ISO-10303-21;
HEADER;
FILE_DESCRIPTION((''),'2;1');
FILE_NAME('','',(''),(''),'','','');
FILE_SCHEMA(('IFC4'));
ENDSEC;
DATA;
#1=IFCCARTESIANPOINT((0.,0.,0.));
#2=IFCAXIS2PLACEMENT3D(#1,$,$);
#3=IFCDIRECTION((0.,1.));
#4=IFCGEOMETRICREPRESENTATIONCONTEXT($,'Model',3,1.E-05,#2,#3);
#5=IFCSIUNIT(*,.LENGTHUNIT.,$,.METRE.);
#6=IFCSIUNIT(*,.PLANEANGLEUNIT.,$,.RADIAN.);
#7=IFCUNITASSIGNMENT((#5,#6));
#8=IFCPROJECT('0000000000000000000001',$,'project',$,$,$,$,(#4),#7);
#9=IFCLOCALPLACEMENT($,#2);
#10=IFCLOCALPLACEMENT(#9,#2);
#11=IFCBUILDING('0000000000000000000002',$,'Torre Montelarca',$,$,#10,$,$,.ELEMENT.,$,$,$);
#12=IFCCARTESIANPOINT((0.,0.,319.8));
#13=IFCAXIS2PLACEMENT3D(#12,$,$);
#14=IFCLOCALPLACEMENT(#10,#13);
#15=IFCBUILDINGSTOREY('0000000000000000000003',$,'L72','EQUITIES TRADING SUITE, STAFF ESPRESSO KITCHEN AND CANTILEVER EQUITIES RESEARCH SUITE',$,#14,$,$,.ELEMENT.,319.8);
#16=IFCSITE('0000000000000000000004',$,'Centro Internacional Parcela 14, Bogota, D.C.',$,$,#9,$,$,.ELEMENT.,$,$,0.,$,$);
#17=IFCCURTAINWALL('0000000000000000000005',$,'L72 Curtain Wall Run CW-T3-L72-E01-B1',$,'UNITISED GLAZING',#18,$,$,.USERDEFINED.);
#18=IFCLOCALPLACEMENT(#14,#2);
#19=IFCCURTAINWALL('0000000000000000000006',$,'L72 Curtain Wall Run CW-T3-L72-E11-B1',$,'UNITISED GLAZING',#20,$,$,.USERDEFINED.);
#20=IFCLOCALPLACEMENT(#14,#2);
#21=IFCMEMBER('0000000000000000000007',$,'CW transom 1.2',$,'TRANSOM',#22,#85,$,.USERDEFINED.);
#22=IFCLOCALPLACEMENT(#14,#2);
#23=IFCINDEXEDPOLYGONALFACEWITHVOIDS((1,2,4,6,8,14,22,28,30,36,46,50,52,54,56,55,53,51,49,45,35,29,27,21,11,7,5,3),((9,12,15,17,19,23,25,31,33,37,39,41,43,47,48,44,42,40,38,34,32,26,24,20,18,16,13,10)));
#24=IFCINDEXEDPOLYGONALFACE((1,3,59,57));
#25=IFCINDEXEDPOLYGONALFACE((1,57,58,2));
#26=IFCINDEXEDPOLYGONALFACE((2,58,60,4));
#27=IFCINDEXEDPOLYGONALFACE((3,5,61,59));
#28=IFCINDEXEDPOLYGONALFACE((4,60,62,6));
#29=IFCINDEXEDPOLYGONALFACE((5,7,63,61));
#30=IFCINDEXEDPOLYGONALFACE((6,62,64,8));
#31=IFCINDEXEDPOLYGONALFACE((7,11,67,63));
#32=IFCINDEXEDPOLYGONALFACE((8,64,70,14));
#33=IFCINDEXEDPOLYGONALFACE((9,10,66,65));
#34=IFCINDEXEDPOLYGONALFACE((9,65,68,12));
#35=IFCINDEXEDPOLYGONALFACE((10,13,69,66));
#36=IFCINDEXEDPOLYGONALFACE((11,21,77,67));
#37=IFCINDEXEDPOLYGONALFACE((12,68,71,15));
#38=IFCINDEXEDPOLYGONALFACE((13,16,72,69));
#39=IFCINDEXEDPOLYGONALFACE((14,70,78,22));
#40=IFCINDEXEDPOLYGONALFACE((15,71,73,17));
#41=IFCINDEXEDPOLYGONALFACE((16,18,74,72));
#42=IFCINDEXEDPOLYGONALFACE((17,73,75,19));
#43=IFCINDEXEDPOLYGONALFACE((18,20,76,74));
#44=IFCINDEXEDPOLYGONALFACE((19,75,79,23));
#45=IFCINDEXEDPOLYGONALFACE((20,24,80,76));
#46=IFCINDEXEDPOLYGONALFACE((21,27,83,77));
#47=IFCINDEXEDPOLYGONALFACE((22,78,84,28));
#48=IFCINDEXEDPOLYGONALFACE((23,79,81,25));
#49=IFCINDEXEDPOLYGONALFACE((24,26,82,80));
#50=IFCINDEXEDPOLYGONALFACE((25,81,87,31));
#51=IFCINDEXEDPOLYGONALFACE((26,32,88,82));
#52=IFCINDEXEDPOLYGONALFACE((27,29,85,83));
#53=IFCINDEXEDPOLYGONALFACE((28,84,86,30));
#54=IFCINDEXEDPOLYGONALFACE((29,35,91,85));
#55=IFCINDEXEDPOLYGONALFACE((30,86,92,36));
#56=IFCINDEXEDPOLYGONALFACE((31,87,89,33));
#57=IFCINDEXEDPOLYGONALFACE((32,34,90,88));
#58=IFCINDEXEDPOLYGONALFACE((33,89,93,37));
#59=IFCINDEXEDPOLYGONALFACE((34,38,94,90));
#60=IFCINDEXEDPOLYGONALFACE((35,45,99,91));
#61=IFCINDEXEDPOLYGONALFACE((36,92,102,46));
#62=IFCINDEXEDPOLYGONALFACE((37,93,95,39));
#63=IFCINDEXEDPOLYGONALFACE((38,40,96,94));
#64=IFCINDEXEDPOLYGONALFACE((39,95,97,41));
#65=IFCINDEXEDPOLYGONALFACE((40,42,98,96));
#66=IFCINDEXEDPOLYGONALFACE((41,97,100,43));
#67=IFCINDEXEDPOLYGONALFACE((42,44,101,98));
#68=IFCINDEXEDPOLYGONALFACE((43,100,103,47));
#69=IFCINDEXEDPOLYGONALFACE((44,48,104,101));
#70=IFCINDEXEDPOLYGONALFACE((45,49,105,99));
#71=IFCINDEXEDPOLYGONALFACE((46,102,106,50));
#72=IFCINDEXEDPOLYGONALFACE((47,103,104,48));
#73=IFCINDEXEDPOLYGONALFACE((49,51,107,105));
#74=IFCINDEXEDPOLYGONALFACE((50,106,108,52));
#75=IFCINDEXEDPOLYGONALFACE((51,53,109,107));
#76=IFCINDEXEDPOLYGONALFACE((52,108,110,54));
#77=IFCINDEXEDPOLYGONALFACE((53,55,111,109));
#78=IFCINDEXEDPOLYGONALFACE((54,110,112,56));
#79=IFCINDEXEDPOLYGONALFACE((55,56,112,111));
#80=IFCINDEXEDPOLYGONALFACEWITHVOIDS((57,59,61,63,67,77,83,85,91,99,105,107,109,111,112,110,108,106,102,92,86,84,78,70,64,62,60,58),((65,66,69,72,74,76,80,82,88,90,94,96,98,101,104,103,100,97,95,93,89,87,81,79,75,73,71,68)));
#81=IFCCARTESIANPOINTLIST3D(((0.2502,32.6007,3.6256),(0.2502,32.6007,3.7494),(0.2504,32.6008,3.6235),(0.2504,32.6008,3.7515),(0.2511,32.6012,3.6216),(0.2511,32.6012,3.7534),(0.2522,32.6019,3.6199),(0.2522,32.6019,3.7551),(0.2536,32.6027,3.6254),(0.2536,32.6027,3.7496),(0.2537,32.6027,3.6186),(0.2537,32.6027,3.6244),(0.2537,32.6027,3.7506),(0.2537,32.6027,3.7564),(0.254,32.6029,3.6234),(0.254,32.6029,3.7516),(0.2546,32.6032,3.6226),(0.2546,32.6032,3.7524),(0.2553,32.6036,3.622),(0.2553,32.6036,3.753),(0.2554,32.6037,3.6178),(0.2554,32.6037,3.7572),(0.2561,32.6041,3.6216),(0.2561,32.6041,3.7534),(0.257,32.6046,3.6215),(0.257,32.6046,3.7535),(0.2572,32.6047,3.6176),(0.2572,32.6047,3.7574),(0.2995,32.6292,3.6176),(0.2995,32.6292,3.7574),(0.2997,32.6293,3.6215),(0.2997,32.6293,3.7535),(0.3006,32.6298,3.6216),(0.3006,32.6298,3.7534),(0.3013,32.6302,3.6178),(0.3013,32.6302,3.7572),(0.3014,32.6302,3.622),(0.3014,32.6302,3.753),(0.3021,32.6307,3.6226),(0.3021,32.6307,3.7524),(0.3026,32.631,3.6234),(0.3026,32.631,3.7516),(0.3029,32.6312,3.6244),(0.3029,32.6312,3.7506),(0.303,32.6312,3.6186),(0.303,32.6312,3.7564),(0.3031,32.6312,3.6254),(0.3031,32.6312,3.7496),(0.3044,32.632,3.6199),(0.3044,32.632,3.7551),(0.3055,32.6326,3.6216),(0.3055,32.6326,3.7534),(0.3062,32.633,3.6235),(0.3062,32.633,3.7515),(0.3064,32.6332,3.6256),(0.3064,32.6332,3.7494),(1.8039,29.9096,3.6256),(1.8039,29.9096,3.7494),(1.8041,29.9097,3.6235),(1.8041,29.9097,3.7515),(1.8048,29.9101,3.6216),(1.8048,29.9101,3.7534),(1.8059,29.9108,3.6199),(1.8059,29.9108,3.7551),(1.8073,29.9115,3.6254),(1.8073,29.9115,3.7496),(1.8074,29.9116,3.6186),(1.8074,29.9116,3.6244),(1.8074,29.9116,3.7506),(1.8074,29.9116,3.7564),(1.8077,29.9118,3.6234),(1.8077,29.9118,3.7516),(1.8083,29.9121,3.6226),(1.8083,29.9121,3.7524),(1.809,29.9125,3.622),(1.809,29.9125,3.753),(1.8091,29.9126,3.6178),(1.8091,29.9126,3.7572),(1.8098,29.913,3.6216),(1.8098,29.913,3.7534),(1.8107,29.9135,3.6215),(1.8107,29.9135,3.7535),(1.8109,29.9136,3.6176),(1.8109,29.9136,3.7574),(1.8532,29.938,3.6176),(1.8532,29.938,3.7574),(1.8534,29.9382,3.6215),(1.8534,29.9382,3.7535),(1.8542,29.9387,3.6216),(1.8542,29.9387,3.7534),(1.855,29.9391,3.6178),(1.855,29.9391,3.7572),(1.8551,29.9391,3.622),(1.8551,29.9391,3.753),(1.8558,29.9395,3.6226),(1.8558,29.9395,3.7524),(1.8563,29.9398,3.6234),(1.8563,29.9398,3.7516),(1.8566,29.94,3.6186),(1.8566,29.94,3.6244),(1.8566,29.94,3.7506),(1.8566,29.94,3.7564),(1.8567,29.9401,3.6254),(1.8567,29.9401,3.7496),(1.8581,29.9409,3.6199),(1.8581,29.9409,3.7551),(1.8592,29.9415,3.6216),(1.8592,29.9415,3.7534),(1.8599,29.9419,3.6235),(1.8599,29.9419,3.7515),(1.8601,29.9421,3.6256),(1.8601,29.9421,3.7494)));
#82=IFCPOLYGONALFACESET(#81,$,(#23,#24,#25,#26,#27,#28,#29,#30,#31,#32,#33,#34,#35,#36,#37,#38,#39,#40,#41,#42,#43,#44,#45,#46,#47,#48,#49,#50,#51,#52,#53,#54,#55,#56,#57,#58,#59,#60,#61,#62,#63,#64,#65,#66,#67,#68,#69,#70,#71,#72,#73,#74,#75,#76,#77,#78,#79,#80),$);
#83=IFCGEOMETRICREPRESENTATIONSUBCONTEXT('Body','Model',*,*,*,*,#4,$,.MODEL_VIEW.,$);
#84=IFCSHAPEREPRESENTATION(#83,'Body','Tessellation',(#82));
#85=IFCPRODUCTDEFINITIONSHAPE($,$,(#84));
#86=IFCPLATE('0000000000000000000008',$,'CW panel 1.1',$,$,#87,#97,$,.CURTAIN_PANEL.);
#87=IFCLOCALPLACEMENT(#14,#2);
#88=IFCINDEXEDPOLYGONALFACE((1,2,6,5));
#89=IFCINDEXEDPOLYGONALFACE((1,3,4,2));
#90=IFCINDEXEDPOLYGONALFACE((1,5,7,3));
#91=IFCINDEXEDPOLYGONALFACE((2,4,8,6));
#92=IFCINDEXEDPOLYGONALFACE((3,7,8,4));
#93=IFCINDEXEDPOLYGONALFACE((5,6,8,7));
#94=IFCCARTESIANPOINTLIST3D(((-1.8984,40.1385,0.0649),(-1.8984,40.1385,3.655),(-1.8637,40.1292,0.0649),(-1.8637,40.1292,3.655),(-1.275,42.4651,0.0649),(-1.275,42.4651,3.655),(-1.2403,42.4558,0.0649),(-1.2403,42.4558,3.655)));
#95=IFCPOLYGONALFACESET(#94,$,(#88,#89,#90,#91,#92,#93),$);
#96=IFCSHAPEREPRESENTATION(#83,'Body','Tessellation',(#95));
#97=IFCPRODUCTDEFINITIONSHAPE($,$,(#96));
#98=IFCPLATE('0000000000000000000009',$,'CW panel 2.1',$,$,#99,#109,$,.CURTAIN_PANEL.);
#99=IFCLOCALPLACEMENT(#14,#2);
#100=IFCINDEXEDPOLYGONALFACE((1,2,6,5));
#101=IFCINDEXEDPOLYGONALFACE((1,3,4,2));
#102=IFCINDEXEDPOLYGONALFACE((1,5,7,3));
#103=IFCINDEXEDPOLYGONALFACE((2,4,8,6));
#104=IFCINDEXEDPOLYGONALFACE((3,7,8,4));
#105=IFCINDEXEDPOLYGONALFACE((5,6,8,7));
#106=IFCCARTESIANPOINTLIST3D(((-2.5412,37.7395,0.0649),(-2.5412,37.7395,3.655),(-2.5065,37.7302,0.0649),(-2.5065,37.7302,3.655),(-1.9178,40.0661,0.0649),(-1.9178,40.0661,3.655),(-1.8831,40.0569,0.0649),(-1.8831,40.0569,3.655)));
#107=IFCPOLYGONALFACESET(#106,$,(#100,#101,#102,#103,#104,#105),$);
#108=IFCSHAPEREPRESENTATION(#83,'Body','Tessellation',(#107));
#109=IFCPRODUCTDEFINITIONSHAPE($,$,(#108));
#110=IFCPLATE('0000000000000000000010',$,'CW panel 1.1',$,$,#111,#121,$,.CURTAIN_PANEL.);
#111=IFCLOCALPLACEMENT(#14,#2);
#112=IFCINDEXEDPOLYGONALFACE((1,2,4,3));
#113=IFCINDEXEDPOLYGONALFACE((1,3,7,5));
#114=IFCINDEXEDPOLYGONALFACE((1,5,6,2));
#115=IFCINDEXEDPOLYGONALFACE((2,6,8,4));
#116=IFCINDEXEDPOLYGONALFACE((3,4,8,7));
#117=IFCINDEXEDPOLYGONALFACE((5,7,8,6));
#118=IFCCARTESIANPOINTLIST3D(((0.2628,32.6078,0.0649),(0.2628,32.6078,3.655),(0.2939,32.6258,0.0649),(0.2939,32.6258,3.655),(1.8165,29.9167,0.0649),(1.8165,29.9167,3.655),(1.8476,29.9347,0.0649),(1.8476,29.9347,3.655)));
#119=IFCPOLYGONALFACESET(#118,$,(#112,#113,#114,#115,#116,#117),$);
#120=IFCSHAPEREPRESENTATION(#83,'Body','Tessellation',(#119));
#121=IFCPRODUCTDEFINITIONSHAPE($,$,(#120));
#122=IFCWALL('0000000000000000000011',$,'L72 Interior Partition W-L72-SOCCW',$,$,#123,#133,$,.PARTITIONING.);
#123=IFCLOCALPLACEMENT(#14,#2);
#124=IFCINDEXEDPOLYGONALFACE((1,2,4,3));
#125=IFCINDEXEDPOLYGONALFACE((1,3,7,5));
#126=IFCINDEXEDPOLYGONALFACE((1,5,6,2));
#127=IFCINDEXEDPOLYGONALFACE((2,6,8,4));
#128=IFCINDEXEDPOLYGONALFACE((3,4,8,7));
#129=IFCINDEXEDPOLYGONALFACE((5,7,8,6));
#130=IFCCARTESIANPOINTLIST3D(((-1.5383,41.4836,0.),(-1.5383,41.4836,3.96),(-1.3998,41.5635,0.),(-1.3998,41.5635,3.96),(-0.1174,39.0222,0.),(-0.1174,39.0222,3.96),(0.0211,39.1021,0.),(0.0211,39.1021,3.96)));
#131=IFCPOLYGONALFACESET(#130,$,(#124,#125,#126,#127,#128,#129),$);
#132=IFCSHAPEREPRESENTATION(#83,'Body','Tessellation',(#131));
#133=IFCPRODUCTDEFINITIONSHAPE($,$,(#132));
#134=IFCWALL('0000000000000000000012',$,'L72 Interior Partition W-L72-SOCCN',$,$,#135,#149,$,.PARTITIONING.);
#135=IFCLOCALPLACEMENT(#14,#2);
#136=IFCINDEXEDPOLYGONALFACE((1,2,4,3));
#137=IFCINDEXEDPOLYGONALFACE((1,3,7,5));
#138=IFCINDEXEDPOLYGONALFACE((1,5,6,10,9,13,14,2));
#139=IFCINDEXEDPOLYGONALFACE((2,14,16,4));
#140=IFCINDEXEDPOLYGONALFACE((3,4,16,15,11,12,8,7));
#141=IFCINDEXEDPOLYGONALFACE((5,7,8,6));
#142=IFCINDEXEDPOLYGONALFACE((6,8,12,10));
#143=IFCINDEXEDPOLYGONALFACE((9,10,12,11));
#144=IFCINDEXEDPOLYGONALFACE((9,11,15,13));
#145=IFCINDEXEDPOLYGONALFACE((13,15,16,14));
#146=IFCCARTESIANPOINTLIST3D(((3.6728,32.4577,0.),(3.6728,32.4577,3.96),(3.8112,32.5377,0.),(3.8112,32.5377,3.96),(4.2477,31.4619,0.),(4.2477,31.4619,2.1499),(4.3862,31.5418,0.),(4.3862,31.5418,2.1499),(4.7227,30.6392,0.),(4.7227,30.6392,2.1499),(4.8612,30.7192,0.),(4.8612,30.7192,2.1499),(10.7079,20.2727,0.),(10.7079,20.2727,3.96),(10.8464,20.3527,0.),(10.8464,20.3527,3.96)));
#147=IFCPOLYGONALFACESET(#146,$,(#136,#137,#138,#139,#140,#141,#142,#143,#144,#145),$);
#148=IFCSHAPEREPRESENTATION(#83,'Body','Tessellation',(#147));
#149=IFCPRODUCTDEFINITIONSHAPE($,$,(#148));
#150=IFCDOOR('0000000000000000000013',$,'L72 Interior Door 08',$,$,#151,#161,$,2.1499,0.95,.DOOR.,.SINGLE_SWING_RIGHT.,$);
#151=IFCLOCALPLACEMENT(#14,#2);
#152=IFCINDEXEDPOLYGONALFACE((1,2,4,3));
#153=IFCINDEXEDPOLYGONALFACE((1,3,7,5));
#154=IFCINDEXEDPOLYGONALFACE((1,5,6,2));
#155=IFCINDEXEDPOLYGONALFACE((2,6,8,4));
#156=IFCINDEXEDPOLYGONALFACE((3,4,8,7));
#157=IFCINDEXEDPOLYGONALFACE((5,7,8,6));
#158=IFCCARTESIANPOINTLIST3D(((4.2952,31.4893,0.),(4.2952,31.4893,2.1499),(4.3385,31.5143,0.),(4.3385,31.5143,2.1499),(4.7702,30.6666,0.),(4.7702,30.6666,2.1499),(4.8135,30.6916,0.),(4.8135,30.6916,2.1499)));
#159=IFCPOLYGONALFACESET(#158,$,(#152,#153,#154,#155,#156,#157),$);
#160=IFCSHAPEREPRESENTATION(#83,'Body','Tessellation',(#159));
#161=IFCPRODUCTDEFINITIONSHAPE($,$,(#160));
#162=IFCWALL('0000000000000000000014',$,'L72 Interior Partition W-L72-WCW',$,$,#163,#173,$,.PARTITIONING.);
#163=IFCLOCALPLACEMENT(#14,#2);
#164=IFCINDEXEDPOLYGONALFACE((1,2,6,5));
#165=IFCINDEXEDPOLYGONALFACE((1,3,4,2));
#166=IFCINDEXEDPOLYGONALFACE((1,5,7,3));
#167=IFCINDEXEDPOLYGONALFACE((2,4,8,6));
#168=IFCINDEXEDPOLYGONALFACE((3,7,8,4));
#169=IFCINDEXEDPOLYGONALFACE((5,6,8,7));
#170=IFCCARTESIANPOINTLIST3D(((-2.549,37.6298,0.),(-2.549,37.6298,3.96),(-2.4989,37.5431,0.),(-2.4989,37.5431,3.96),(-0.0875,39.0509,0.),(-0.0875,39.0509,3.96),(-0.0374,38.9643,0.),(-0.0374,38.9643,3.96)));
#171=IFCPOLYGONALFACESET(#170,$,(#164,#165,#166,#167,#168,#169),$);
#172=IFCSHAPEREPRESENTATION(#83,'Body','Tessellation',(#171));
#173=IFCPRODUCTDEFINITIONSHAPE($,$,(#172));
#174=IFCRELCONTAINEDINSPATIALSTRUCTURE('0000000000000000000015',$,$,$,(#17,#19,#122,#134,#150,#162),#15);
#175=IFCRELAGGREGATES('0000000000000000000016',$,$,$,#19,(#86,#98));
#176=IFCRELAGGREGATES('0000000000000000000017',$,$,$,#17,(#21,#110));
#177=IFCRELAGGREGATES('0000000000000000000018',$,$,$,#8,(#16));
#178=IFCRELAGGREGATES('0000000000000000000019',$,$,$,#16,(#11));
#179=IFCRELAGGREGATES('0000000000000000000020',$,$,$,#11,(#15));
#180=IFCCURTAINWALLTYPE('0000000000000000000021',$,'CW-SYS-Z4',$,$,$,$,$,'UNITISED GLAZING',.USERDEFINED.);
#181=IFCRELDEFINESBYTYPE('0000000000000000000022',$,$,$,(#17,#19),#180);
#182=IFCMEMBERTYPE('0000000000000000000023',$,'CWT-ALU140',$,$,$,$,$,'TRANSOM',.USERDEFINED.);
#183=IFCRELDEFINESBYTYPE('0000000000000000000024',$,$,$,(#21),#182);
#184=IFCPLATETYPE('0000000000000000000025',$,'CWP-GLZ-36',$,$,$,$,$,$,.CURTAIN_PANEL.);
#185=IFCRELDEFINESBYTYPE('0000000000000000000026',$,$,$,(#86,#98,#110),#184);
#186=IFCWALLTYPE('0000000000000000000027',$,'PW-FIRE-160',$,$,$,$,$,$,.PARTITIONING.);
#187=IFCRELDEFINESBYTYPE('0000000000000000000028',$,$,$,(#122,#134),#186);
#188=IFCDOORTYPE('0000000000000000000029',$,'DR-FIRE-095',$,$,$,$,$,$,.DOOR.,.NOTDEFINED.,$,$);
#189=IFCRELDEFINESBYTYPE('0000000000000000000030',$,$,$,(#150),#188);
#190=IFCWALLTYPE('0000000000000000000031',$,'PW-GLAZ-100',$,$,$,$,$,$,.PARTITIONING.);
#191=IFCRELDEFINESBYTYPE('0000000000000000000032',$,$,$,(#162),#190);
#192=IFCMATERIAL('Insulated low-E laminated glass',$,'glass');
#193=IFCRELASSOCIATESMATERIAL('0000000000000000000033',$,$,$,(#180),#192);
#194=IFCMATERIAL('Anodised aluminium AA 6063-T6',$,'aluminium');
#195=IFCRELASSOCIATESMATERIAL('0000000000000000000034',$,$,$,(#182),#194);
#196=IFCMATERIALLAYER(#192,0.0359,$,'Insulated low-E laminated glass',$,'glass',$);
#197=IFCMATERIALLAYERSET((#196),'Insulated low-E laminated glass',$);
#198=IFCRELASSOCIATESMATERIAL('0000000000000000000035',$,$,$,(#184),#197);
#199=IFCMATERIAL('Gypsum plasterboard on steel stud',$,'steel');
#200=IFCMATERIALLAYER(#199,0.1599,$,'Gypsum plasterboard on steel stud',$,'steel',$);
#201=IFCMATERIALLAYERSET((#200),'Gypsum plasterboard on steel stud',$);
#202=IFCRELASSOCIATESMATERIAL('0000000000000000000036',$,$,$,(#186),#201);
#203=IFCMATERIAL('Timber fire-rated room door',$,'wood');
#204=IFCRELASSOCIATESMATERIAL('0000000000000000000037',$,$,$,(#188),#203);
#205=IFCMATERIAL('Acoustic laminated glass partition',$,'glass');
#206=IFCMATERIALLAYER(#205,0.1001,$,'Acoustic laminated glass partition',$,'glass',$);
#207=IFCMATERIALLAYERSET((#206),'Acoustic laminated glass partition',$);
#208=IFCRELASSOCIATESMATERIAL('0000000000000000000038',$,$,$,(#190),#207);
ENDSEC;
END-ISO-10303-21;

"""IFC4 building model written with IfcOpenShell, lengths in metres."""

from ifc_helpers import new_model, si_unit, direction, frame, frame_2d, origin, origin_2d, place, context, subcontext, project, spatial, rectangle, hollow_rectangle, extrude, source, transform, mapped, material, layer, layer_set, material_profile, profile_set, type_object, element, fill, aggregate, save


model = new_model("IFC4")

# Units and contexts
model_context = context("Model", 3, precision=1e-05, world=origin(), true_north=direction((0.0, 1.0)))
body_context = subcontext(model_context, "Body", "Model", "MODEL_VIEW")
ifc_project = project(units=[si_unit("LENGTHUNIT", "METRE"), si_unit("PLANEANGLEUNIT", "RADIAN")], contexts=[model_context])

# Site, building, storey
site_placement = place(None, origin())
site = spatial("IfcSite", under=ifc_project, at=site_placement, Name="Centro Internacional Parcela 14, Bogota, D.C.", CompositionType="ELEMENT", RefElevation=0.0)
building_placement = place(site_placement, origin())
building = spatial("IfcBuilding", under=site, at=building_placement, Name="Torre Montelarca", CompositionType="ELEMENT")
storey_placement = place(building_placement, frame((0.0, 0.0, 319.8)))
storey = spatial("IfcBuildingStorey", under=building, at=storey_placement, Name="L72", Description="EQUITIES TRADING SUITE, STAFF ESPRESSO KITCHEN AND CANTILEVER EQUITIES RESEARCH SUITE", CompositionType="ELEMENT", Elevation=319.8)

# Curtain wall
ifc_material_1 = material(Name="Insulated low-E laminated glass", Category="glass")
curtain_wall_type = type_object("IfcCurtainWallType", Name="CW-SYS-Z4", ElementType="UNITISED GLAZING", PredefinedType="USERDEFINED", material=ifc_material_1)
curtain_wall_1_placement = place(storey_placement, origin())
curtain_wall_1 = element("IfcCurtainWall", 1, at=curtain_wall_1_placement, inside=storey, type_object=curtain_wall_type, Name="L72 Curtain Wall Run CW-T3-L72-E01-B1", ObjectType="UNITISED GLAZING", PredefinedType="USERDEFINED")
ifc_material_2 = material(Name="Anodised aluminium AA 6063-T6", Category="aluminium")

# Curtain wall
curtain_wall_2_placement = place(storey_placement, origin())
curtain_wall_2 = element("IfcCurtainWall", 2, at=curtain_wall_2_placement, inside=storey, type_object=curtain_wall_type, Name="L72 Curtain Wall Run CW-T3-L72-E11-B1", ObjectType="UNITISED GLAZING", PredefinedType="USERDEFINED")
ifc_material_profile_1 = material_profile(ifc_material_2, hollow_rectangle(XDim=0.0649, YDim=0.1399, WallThickness=0.0039, InnerFilletRadius=0.0039, OuterFilletRadius=0.0081, at=origin_2d()), Name="ALU65X140X4", Category="aluminium")
ifc_profile_set_1 = profile_set([ifc_material_profile_1], Name="Anodised aluminium AA 6063-T6")
member_type_1 = type_object("IfcMemberType", Name="CWT-ALU140", ElementType="TRANSOM", PredefinedType="USERDEFINED", material=ifc_profile_set_1)

# Member
shared_shape_1 = source(origin(), body_context, "Body", "SweptSolid", [
    extrude(hollow_rectangle(XDim=0.0649, YDim=0.1399, WallThickness=0.0039, InnerFilletRadius=0.0039, OuterFilletRadius=0.0081, at=origin_2d()), origin(), (0.0, 0.0, 1.0), 3.1074),
])
member_1_placement = place(storey_placement, frame((0.2783, 32.6169, 3.6875), z_axis=(0.499992, -0.86603, 0.0), x_axis=(0.86603, 0.499992, 0.0)))
member_1 = element("IfcMember", 3, at=member_1_placement, type_object=member_type_1, Name="CW transom 1.2", ObjectType="TRANSOM", PredefinedType="USERDEFINED", context=body_context, shape_type="MappedRepresentation", body=[
    mapped(shared_shape_1, transform((0.0, 0.0, 0.0), scale=1.0)),
])

# Plates
ifc_layer_1 = layer(ifc_material_1, 0.0359, Name="Insulated low-E laminated glass", Category="glass")
ifc_layer_set_1 = layer_set([ifc_layer_1], Name="Insulated low-E laminated glass")
plate_type = type_object("IfcPlateType", Name="CWP-GLZ-36", PredefinedType="CURTAIN_PANEL", material=ifc_layer_set_1)
shared_shape_2 = source(origin(), body_context, "Body", "SweptSolid", [
    extrude(rectangle(XDim=2.4087, YDim=0.0359, at=origin_2d()), origin(), (0.0, 0.0, 1.0), 3.5901),
])
plate_1_placement = place(storey_placement, frame((-1.5693, 41.2971, 0.0649), z_axis=(0.0, 0.0, 1.0), x_axis=(-0.258815, -0.965927, 0.0)))
plate_1 = element("IfcPlate", 4, at=plate_1_placement, type_object=plate_type, Name="CW panel 1.1", PredefinedType="CURTAIN_PANEL", context=body_context, shape_type="MappedRepresentation", body=[
    mapped(shared_shape_2, transform((0.0, 0.0, 0.0), scale=1.0)),
])
plate_2_placement = place(storey_placement, frame((-2.2122, 38.8982, 0.0649), z_axis=(0.0, 0.0, 1.0), x_axis=(-0.258815, -0.965927, 0.0)))
plate_2 = element("IfcPlate", 5, at=plate_2_placement, type_object=plate_type, Name="CW panel 2.1", PredefinedType="CURTAIN_PANEL", context=body_context, shape_type="MappedRepresentation", body=[
    mapped(shared_shape_2, transform((0.0, 0.0, 0.0), scale=1.0)),
])
aggregate(curtain_wall_2, [plate_1, plate_2])
shared_shape_3 = source(origin(), body_context, "Body", "SweptSolid", [
    extrude(rectangle(XDim=3.1074, YDim=0.0359, at=origin_2d()), origin(), (0.0, 0.0, 1.0), 3.5901),
])
plate_3_placement = place(storey_placement, frame((1.0552, 31.2712, 0.0649), z_axis=(0.0, 0.0, 1.0), x_axis=(0.5, -0.866025, 0.0)))
plate_3 = element("IfcPlate", 6, at=plate_3_placement, type_object=plate_type, Name="CW panel 1.1", PredefinedType="CURTAIN_PANEL", context=body_context, shape_type="MappedRepresentation", body=[
    mapped(shared_shape_3, transform((0.0, 0.0, 0.0), scale=1.0)),
])
aggregate(curtain_wall_1, [member_1, plate_3])

# Wall
ifc_material_3 = material(Name="Gypsum plasterboard on steel stud", Category="steel")
ifc_layer_2 = layer(ifc_material_3, 0.1599, Name="Gypsum plasterboard on steel stud", Category="steel")
ifc_layer_set_2 = layer_set([ifc_layer_2], Name="Gypsum plasterboard on steel stud")
wall_type_1 = type_object("IfcWallType", Name="PW-FIRE-160", PredefinedType="PARTITIONING", material=ifc_layer_set_2)
wall_1_placement = place(storey_placement, frame((-1.469, 41.5234, 0.0), z_axis=(0.0, 0.0, 1.0), x_axis=(0.499946, -0.866057, 0.0)))
element("IfcWall", 7, at=wall_1_placement, inside=storey, type_object=wall_type_1, Name="L72 Interior Partition W-L72-SOCCW", PredefinedType="PARTITIONING", context=body_context, shape_type="SweptSolid", body=[
    extrude(rectangle(XDim=2.842, YDim=0.1599, at=frame_2d((1.4209, 0.0))), origin(), (0.0, 0.0, 1.0), 3.96),
])

# Wall, opening, door
wall_2_placement = place(storey_placement, frame((3.7419, 32.4978, 0.0), z_axis=(0.0, 0.0, 1.0), x_axis=(0.500006, -0.866022, 0.0)))
wall_2 = element("IfcWall", 8, at=wall_2_placement, inside=storey, type_object=wall_type_1, Name="L72 Interior Partition W-L72-SOCCN", PredefinedType="PARTITIONING", context=body_context, shape_type="SweptSolid", body=[
    extrude(rectangle(XDim=14.0701, YDim=0.1599, at=frame_2d((7.0352, 0.0))), origin(), (0.0, 0.0, 1.0), 3.96),
])
opening_1_placement = place(wall_2_placement, frame((1.1499, 0.0, 0.0)))
opening_1 = element("IfcOpeningElement", 9, at=opening_1_placement, cuts=wall_2, PredefinedType="OPENING", context=body_context, shape_type="SweptSolid", body=[
    extrude(rectangle(XDim=0.95, YDim=2.1499, at=frame_2d((0.4751, 1.075))), frame((0.0, 0.0898, 0.0), z_axis=(0.0, -1.0, 0.0), x_axis=(1.0, 0.0, 0.0)), (0.0, 0.0, 1.0), 0.1799),
])
ifc_material_4 = material(Name="Timber fire-rated room door", Category="wood")
door_type_1 = type_object("IfcDoorType", Name="DR-FIRE-095", OperationType="NOTDEFINED", PredefinedType="DOOR", material=ifc_material_4)
shared_shape_4 = source(origin(), body_context, "Body", "SweptSolid", [
    extrude(rectangle(XDim=0.95, YDim=2.1499, at=frame_2d((0.4751, 1.075))), frame((0.0, 0.0249, 0.0), z_axis=(0.0, -1.0, 0.0), x_axis=(1.0, 0.0, 0.0)), (0.0, 0.0, 1.0), 0.05),
])
door_1_placement = place(opening_1_placement, origin())
door_1 = element("IfcDoor", 10, at=door_1_placement, inside=storey, type_object=door_type_1, Name="L72 Interior Door 08", OperationType="SINGLE_SWING_RIGHT", OverallHeight=2.1499, OverallWidth=0.95, PredefinedType="DOOR", context=body_context, shape_type="MappedRepresentation", body=[
    mapped(shared_shape_4, transform((0.0, 0.0, 0.0), scale=1.0)),
])
fill(opening_1, door_1)

# Wall
ifc_material_5 = material(Name="Acoustic laminated glass partition", Category="glass")
ifc_layer_3 = layer(ifc_material_5, 0.1001, Name="Acoustic laminated glass partition", Category="glass")
ifc_layer_set_3 = layer_set([ifc_layer_3], Name="Acoustic laminated glass partition")
wall_type_2 = type_object("IfcWallType", Name="PW-GLAZ-100", PredefinedType="PARTITIONING", material=ifc_layer_set_3)
wall_3_placement = place(storey_placement, frame((-2.5239, 37.5864, 0.0), z_axis=(0.0, 0.0, 1.0), x_axis=(0.86602, 0.50001, 0.0)))
element("IfcWall", 11, at=wall_3_placement, inside=storey, type_object=wall_type_2, Name="L72 Interior Partition W-L72-WCW", PredefinedType="PARTITIONING", context=body_context, shape_type="SweptSolid", body=[
    extrude(rectangle(XDim=2.8423, YDim=0.1001, at=frame_2d((1.4211, 0.0))), origin(), (0.0, 0.0, 1.0), 3.96),
])

save(model, "model.ifc")
